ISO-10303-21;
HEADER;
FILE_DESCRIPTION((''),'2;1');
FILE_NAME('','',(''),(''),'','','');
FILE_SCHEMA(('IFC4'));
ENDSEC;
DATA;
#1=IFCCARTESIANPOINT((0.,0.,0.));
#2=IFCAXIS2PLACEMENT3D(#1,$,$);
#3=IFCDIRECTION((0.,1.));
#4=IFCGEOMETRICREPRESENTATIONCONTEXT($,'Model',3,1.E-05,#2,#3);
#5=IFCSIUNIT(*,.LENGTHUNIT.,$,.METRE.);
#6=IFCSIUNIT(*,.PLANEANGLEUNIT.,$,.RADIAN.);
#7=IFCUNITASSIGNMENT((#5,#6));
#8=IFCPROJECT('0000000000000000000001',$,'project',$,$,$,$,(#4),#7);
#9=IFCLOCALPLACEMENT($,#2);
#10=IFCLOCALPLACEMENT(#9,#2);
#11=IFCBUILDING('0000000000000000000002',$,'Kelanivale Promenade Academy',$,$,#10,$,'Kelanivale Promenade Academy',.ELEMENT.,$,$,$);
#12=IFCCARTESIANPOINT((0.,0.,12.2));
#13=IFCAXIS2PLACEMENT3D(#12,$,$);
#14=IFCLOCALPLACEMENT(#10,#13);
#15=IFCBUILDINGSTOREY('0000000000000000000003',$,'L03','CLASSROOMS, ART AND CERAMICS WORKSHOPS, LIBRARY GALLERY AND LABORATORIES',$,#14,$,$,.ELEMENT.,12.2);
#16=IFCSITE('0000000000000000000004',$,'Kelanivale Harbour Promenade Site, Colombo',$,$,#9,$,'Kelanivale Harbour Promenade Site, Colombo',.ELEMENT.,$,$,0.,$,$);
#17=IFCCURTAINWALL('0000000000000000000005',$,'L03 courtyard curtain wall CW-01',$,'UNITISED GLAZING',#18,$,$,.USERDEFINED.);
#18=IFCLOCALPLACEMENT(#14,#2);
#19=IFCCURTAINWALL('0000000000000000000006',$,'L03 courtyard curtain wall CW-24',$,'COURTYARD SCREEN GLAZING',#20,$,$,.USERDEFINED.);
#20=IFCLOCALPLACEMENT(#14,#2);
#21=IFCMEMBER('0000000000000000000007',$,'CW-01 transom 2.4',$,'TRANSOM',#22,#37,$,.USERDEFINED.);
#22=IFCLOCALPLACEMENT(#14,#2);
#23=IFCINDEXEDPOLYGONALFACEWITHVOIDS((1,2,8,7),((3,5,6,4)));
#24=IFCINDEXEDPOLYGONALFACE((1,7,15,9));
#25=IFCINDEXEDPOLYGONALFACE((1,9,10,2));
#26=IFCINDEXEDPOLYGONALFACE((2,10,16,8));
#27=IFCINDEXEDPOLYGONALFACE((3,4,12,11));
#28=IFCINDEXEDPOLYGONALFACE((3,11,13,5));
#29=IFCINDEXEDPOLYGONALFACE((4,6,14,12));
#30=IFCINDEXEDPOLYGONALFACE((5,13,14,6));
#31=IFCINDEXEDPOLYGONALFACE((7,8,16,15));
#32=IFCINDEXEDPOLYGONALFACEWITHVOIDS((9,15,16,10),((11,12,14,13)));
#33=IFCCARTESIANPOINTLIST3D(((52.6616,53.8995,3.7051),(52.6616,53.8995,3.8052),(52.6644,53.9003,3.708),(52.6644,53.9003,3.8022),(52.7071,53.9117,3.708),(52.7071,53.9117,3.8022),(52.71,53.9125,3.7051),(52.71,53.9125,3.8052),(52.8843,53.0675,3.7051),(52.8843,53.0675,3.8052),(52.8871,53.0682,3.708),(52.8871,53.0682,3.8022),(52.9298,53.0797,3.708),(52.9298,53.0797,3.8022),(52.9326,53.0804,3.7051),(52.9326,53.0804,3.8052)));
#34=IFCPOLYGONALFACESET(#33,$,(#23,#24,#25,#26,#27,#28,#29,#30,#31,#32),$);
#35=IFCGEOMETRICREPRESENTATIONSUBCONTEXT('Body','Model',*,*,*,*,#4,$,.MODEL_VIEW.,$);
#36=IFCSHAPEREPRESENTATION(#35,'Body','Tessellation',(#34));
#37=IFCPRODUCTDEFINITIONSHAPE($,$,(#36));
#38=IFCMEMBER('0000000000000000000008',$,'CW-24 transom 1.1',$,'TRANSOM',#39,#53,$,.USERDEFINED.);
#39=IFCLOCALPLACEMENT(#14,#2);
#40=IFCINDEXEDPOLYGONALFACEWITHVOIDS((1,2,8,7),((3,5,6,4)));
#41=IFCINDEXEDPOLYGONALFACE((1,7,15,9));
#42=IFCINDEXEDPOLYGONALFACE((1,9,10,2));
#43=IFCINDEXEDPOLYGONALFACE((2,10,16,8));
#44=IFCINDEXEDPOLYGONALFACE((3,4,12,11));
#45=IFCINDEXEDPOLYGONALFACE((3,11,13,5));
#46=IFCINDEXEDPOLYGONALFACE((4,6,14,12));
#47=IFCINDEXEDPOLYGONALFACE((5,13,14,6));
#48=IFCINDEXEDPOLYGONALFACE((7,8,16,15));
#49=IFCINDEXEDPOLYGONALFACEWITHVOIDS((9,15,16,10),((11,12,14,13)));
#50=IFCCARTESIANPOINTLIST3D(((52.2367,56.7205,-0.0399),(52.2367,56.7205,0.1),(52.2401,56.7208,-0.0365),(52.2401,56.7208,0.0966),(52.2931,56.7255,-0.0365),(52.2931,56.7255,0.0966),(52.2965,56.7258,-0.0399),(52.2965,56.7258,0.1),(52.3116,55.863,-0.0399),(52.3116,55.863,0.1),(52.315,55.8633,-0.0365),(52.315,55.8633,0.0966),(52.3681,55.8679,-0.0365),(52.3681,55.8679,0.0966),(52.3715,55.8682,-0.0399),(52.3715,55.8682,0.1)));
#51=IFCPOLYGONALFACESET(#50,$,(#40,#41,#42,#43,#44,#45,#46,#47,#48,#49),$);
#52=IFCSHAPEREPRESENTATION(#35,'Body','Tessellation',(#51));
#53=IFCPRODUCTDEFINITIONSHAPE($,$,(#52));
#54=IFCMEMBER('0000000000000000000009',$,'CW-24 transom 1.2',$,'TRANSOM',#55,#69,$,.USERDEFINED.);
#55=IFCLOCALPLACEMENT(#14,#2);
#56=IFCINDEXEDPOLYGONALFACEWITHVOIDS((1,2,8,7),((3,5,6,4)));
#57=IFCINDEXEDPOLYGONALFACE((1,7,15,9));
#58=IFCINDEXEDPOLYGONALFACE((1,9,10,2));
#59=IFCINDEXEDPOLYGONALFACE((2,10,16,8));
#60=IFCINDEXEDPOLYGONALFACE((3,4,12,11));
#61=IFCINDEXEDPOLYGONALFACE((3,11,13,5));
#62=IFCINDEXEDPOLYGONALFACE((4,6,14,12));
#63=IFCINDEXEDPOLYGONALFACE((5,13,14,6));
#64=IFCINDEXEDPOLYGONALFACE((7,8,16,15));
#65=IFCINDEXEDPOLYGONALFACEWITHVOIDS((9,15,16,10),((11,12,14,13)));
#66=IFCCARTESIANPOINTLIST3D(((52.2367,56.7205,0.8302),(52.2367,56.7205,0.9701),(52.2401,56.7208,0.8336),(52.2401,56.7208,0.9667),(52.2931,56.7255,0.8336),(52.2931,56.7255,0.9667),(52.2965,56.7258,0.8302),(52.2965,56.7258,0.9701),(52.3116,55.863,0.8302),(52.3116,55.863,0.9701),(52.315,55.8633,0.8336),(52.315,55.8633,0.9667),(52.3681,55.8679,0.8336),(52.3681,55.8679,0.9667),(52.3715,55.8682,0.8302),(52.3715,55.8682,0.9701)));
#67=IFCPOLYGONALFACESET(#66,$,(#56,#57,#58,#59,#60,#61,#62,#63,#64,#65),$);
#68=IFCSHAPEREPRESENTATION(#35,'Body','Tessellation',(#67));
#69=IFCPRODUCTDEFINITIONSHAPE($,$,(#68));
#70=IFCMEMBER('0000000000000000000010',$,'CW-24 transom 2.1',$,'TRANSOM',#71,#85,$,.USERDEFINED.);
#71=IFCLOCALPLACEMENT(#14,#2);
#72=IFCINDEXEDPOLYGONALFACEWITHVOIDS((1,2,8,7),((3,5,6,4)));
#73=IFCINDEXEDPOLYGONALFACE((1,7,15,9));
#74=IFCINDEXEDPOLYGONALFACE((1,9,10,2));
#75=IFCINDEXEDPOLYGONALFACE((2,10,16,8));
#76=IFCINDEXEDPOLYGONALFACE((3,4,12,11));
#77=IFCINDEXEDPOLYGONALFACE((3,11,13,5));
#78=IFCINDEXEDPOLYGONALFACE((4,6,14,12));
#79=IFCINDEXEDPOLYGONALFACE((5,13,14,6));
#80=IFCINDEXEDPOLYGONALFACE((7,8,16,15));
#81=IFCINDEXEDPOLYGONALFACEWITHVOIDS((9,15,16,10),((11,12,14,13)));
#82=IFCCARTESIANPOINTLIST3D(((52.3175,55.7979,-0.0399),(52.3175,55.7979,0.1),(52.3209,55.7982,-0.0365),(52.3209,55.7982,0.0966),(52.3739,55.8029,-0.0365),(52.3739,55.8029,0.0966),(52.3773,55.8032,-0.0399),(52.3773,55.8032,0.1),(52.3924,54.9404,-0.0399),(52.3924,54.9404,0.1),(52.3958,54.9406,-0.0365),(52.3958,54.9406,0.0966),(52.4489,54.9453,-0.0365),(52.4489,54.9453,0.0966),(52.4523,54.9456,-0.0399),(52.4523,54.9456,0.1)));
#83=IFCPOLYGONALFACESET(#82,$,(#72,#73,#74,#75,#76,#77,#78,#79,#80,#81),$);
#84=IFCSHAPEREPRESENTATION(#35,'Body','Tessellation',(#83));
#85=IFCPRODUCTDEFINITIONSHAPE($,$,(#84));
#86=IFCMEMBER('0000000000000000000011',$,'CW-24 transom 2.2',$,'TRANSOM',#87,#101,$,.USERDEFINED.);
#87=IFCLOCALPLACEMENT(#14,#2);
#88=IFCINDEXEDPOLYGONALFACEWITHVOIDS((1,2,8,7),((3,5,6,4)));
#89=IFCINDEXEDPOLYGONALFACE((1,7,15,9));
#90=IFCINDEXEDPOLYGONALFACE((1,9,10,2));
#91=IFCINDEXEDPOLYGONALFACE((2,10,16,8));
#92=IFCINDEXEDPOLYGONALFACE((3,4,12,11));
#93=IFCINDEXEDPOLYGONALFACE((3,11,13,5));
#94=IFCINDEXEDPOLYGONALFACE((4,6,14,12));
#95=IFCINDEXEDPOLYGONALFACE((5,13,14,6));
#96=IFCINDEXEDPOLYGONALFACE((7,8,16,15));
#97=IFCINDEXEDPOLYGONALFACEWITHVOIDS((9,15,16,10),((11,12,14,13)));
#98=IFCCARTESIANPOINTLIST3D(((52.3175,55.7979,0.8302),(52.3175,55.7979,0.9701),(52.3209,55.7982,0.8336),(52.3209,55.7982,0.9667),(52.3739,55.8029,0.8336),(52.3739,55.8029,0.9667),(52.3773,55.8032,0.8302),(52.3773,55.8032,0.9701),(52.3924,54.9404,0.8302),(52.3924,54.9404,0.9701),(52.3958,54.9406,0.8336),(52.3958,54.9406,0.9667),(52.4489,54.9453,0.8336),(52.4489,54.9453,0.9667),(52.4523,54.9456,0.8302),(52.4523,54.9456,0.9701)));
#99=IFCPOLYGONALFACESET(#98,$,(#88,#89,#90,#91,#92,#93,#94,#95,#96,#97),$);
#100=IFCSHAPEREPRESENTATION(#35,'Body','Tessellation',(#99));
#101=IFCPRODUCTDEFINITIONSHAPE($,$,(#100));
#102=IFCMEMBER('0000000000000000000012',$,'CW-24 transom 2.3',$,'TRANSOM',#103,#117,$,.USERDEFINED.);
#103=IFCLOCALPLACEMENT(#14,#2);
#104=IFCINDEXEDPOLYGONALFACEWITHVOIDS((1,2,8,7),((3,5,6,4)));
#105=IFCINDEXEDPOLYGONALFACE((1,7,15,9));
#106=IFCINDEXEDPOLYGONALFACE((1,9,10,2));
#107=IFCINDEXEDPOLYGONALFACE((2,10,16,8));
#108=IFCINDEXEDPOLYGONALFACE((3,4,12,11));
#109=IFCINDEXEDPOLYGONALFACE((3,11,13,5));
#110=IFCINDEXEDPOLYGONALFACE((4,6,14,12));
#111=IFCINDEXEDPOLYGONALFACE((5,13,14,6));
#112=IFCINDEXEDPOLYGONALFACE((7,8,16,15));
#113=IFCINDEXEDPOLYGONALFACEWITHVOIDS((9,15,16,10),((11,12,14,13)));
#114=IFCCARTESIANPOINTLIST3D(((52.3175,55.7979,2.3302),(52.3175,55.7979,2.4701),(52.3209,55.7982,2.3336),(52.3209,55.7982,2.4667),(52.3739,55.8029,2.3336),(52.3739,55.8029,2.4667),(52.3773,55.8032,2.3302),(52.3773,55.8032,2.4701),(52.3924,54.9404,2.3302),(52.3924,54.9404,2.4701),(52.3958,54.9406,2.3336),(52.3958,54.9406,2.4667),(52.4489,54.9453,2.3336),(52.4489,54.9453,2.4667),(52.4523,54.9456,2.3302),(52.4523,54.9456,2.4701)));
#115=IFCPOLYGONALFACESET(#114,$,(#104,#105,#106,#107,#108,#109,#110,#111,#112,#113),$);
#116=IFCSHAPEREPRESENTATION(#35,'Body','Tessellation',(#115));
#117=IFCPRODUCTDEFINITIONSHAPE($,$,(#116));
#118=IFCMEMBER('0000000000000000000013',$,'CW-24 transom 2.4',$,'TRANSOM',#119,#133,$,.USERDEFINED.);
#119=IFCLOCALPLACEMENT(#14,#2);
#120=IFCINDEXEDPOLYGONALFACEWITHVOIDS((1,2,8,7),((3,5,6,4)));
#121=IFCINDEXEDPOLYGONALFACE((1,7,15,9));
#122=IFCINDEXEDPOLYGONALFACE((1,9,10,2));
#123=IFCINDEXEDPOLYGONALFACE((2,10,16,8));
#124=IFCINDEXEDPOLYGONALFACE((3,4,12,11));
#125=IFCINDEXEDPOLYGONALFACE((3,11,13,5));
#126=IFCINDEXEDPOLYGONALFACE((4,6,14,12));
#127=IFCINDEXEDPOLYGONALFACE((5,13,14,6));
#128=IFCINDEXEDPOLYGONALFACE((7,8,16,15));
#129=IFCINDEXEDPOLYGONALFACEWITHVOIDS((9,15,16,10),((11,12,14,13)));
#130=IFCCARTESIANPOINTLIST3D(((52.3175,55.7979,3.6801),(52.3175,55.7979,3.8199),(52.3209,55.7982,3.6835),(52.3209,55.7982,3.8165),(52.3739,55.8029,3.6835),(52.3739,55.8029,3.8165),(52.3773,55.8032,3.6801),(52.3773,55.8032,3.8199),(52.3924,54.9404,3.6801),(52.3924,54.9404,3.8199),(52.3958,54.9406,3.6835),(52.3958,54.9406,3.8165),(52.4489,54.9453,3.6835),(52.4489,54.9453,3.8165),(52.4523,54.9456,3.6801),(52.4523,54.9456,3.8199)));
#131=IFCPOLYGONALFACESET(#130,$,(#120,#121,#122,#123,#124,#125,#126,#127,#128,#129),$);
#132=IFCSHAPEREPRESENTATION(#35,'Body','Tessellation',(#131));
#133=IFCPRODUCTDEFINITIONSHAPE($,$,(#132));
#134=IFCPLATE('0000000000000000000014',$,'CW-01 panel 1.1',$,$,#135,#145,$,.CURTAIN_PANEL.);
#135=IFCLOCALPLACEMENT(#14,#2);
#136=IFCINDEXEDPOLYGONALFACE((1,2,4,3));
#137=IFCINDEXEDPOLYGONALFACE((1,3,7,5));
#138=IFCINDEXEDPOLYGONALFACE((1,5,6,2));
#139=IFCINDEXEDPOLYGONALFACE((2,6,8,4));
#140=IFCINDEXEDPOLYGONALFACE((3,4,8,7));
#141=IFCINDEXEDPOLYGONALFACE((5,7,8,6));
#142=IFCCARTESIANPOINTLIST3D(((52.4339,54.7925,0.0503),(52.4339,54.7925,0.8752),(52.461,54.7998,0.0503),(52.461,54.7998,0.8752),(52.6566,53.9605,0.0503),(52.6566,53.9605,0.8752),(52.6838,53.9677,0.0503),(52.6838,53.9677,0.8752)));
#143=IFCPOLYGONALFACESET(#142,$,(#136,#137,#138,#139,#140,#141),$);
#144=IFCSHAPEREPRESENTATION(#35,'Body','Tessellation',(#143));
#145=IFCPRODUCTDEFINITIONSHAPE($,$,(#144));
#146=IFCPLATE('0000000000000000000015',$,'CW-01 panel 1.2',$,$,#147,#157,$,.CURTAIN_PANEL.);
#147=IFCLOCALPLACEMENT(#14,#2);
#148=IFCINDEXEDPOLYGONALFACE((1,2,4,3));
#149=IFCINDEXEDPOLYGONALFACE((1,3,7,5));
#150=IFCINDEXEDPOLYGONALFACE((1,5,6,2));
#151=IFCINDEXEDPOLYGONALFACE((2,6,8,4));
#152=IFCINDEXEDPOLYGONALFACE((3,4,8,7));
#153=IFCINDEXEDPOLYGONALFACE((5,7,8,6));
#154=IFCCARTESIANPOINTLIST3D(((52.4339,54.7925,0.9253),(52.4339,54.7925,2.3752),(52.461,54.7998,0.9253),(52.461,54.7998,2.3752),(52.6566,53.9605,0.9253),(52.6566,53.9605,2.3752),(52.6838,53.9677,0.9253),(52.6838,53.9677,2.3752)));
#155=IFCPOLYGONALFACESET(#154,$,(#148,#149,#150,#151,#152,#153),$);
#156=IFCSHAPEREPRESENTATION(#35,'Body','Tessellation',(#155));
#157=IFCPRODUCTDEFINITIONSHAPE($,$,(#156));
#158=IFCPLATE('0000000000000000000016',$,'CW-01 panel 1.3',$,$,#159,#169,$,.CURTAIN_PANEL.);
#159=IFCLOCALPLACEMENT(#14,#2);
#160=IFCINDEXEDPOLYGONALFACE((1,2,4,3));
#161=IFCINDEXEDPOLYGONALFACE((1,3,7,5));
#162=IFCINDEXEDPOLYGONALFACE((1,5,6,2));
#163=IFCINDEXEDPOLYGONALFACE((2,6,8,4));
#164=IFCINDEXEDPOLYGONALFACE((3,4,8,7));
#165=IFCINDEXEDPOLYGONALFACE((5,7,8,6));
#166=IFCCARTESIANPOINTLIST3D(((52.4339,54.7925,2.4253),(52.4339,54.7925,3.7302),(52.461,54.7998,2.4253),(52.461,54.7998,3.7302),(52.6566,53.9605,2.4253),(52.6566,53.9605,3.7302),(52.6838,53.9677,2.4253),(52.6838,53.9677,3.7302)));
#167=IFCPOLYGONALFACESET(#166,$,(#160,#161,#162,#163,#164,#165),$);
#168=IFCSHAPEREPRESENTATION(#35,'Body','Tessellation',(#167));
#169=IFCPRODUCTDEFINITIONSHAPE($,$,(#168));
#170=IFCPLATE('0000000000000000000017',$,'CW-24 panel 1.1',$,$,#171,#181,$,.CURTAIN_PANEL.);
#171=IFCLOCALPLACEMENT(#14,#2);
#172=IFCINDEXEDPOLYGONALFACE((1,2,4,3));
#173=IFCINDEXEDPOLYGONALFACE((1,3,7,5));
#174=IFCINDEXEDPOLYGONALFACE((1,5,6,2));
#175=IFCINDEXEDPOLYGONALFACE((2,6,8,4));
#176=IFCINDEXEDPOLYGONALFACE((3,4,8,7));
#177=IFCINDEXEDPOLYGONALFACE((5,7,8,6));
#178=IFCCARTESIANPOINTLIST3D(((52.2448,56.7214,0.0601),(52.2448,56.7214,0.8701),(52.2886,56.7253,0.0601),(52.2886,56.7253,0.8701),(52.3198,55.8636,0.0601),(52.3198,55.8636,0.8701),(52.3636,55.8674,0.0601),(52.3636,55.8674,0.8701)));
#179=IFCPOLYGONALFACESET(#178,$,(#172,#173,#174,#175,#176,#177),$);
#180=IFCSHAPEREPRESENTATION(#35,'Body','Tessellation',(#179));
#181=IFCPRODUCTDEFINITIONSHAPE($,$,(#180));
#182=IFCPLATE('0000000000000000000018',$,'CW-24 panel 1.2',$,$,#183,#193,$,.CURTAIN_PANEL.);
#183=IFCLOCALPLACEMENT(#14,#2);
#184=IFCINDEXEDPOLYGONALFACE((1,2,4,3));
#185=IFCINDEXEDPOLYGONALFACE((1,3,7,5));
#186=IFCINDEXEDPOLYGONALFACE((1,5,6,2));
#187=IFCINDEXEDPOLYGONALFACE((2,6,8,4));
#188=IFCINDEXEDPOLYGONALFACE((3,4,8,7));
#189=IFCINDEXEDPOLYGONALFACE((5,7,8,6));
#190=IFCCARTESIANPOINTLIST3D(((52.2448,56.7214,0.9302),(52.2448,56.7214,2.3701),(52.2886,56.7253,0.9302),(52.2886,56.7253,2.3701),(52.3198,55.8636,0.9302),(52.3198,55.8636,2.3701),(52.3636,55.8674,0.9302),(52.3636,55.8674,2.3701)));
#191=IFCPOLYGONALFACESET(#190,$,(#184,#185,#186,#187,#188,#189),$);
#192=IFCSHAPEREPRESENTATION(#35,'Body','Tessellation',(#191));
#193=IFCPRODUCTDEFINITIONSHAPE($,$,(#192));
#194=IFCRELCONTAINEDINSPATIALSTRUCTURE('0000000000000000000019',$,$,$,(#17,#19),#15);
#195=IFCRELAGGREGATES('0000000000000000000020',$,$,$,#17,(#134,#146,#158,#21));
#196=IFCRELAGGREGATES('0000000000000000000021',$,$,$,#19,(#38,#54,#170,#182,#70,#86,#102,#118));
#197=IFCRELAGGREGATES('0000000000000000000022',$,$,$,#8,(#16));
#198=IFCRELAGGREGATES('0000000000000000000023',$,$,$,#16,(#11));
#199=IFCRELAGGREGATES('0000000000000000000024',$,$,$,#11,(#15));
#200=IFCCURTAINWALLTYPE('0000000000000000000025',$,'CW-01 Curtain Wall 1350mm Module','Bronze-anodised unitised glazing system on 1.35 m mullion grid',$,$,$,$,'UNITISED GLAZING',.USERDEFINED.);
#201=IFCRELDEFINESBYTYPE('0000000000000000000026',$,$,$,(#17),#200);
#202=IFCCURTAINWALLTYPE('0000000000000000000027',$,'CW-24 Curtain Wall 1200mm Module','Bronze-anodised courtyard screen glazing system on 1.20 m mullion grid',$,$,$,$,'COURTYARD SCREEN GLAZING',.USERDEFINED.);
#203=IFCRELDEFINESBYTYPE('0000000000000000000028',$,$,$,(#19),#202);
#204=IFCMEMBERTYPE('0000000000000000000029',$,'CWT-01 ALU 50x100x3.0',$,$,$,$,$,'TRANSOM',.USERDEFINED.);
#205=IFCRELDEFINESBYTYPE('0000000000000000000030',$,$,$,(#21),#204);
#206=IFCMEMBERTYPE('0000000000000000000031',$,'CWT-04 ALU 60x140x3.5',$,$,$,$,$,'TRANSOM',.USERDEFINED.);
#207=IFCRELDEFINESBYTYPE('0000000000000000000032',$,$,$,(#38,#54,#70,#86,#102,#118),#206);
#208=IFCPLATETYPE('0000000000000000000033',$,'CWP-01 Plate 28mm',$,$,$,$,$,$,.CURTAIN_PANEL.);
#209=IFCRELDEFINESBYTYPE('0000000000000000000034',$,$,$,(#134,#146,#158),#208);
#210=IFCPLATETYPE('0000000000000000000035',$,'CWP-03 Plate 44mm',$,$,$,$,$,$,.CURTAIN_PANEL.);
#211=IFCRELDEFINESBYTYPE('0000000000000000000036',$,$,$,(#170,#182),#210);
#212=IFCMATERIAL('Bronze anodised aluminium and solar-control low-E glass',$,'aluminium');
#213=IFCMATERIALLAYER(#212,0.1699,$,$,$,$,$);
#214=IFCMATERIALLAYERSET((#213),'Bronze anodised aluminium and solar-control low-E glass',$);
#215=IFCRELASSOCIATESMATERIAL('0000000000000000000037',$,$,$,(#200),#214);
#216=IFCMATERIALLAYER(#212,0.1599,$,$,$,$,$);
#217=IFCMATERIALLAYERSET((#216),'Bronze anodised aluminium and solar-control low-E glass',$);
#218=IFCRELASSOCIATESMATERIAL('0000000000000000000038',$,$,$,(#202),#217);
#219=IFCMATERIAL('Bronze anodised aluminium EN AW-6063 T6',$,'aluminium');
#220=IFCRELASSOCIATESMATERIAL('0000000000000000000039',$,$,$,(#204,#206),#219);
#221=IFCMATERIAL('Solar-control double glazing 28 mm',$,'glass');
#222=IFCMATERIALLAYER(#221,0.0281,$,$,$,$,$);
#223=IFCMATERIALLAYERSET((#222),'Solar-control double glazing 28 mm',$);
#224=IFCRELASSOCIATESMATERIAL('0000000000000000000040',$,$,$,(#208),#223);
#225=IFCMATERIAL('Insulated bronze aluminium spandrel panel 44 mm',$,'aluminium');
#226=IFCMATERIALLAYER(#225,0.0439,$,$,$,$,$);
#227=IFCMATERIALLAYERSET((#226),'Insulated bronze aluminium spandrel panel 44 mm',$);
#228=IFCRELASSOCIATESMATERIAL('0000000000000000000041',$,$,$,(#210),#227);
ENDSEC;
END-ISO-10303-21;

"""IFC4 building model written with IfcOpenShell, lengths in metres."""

from ifc_helpers import new_model, si_unit, direction, frame, origin, origin_2d, place, context, subcontext, project, spatial, rectangle, hollow_rectangle, extrude, material, layer, layer_set, material_profile, profile_set, type_object, element, aggregate, save


model = new_model("IFC4")

# Units and contexts
model_context = context("Model", 3, precision=1e-05, world=origin(), true_north=direction((0.0, 1.0)))
body_context = subcontext(model_context, "Body", "Model", "MODEL_VIEW")
ifc_project = project(units=[si_unit("LENGTHUNIT", "METRE"), si_unit("PLANEANGLEUNIT", "RADIAN")], contexts=[model_context])

# Site, building, storey
site_placement = place(None, origin())
site = spatial("IfcSite", under=ifc_project, at=site_placement, Name="Kelanivale Harbour Promenade Site, Colombo", LongName="Kelanivale Harbour Promenade Site, Colombo", CompositionType="ELEMENT", RefElevation=0.0)
building_placement = place(site_placement, origin())
building = spatial("IfcBuilding", under=site, at=building_placement, Name="Kelanivale Promenade Academy", LongName="Kelanivale Promenade Academy", CompositionType="ELEMENT")
storey_placement = place(building_placement, frame((0.0, 0.0, 12.2)))
storey = spatial("IfcBuildingStorey", under=building, at=storey_placement, Name="L03", Description="CLASSROOMS, ART AND CERAMICS WORKSHOPS, LIBRARY GALLERY AND LABORATORIES", CompositionType="ELEMENT", Elevation=12.2)

# Curtain walls
ifc_material_1 = material(Name="Bronze anodised aluminium and solar-control low-E glass", Category="aluminium")
ifc_layer_1 = layer(ifc_material_1, 0.1699)
ifc_layer_set_1 = layer_set([ifc_layer_1], Name="Bronze anodised aluminium and solar-control low-E glass")
curtain_wall_type_1 = type_object("IfcCurtainWallType", Name="CW-01 Curtain Wall 1350mm Module", Description="Bronze-anodised unitised glazing system on 1.35 m mullion grid", ElementType="UNITISED GLAZING", PredefinedType="USERDEFINED", material=ifc_layer_set_1)
curtain_wall_1_placement = place(storey_placement, origin())
curtain_wall_1 = element("IfcCurtainWall", 1, at=curtain_wall_1_placement, inside=storey, type_object=curtain_wall_type_1, Name="L03 courtyard curtain wall CW-01", ObjectType="UNITISED GLAZING", PredefinedType="USERDEFINED")
ifc_material_2 = material(Name="Bronze anodised aluminium EN AW-6063 T6", Category="aluminium")
ifc_layer_2 = layer(ifc_material_1, 0.1599)
ifc_layer_set_2 = layer_set([ifc_layer_2], Name="Bronze anodised aluminium and solar-control low-E glass")
curtain_wall_type_2 = type_object("IfcCurtainWallType", Name="CW-24 Curtain Wall 1200mm Module", Description="Bronze-anodised courtyard screen glazing system on 1.20 m mullion grid", ElementType="COURTYARD SCREEN GLAZING", PredefinedType="USERDEFINED", material=ifc_layer_set_2)
curtain_wall_2_placement = place(storey_placement, origin())
curtain_wall_2 = element("IfcCurtainWall", 2, at=curtain_wall_2_placement, inside=storey, type_object=curtain_wall_type_2, Name="L03 courtyard curtain wall CW-24", ObjectType="COURTYARD SCREEN GLAZING", PredefinedType="USERDEFINED")

# Members
ifc_material_profile_1 = material_profile(ifc_material_2, hollow_rectangle(XDim=0.05, YDim=0.1001, WallThickness=0.0029, at=origin_2d()), Name="ALU 50x100x3.0")
ifc_profile_set_1 = profile_set([ifc_material_profile_1], Name="Bronze anodised aluminium EN AW-6063 T6")
member_type_1 = type_object("IfcMemberType", Name="CWT-01 ALU 50x100x3.0", ElementType="TRANSOM", PredefinedType="USERDEFINED", material=ifc_profile_set_1)
member_1_placement = place(storey_placement, frame((52.6858, 53.906, 3.7551), z_axis=(0.258509, -0.966009, 0.0), x_axis=(0.966009, 0.258509, 0.0)))
member_1 = element("IfcMember", 3, at=member_1_placement, type_object=member_type_1, Name="CW-01 transom 2.4", ObjectType="TRANSOM", PredefinedType="USERDEFINED", context=body_context, shape_type="SweptSolid", body=[
    extrude(hollow_rectangle(XDim=0.05, YDim=0.1001, WallThickness=0.0029, at=origin_2d()), origin(), (0.0, 0.0, 1.0), 0.8613),
])
ifc_material_profile_2 = material_profile(ifc_material_2, hollow_rectangle(XDim=0.0601, YDim=0.1399, WallThickness=0.0034, at=origin_2d()), Name="ALU 60x140x3.5")
ifc_profile_set_2 = profile_set([ifc_material_profile_2], Name="Bronze anodised aluminium EN AW-6063 T6")
member_type_2 = type_object("IfcMemberType", Name="CWT-04 ALU 60x140x3.5", ElementType="TRANSOM", PredefinedType="USERDEFINED", material=ifc_profile_set_2)
member_2_placement = place(storey_placement, frame((52.2666, 56.7231, 0.03), z_axis=(0.087058, -0.996203, 0.0), x_axis=(0.996203, 0.087058, 0.0)))
member_2 = element("IfcMember", 4, at=member_2_placement, type_object=member_type_2, Name="CW-24 transom 1.1", ObjectType="TRANSOM", PredefinedType="USERDEFINED", context=body_context, shape_type="SweptSolid", body=[
    extrude(hollow_rectangle(XDim=0.0601, YDim=0.1399, WallThickness=0.0034, at=origin_2d()), origin(), (0.0, 0.0, 1.0), 0.8608),
])
member_3_placement = place(storey_placement, frame((52.2666, 56.7231, 0.9001), z_axis=(0.087058, -0.996203, 0.0), x_axis=(0.996203, 0.087058, 0.0)))
member_3 = element("IfcMember", 5, at=member_3_placement, type_object=member_type_2, Name="CW-24 transom 1.2", ObjectType="TRANSOM", PredefinedType="USERDEFINED", context=body_context, shape_type="SweptSolid", body=[
    extrude(hollow_rectangle(XDim=0.0601, YDim=0.1399, WallThickness=0.0034, at=origin_2d()), origin(), (0.0, 0.0, 1.0), 0.8608),
])
member_4_placement = place(storey_placement, frame((52.3474, 55.8005, 0.03), z_axis=(0.087058, -0.996203, 0.0), x_axis=(0.996203, 0.087058, 0.0)))
member_4 = element("IfcMember", 6, at=member_4_placement, type_object=member_type_2, Name="CW-24 transom 2.1", ObjectType="TRANSOM", PredefinedType="USERDEFINED", context=body_context, shape_type="SweptSolid", body=[
    extrude(hollow_rectangle(XDim=0.0601, YDim=0.1399, WallThickness=0.0034, at=origin_2d()), origin(), (0.0, 0.0, 1.0), 0.8608),
])
member_5_placement = place(storey_placement, frame((52.3474, 55.8005, 0.9001), z_axis=(0.087058, -0.996203, 0.0), x_axis=(0.996203, 0.087058, 0.0)))
member_5 = element("IfcMember", 7, at=member_5_placement, type_object=member_type_2, Name="CW-24 transom 2.2", ObjectType="TRANSOM", PredefinedType="USERDEFINED", context=body_context, shape_type="SweptSolid", body=[
    extrude(hollow_rectangle(XDim=0.0601, YDim=0.1399, WallThickness=0.0034, at=origin_2d()), origin(), (0.0, 0.0, 1.0), 0.8608),
])
member_6_placement = place(storey_placement, frame((52.3474, 55.8005, 2.4001), z_axis=(0.087058, -0.996203, 0.0), x_axis=(0.996203, 0.087058, 0.0)))
member_6 = element("IfcMember", 8, at=member_6_placement, type_object=member_type_2, Name="CW-24 transom 2.3", ObjectType="TRANSOM", PredefinedType="USERDEFINED", context=body_context, shape_type="SweptSolid", body=[
    extrude(hollow_rectangle(XDim=0.0601, YDim=0.1399, WallThickness=0.0034, at=origin_2d()), origin(), (0.0, 0.0, 1.0), 0.8608),
])
member_7_placement = place(storey_placement, frame((52.3474, 55.8005, 3.75), z_axis=(0.087058, -0.996203, 0.0), x_axis=(0.996203, 0.087058, 0.0)))
member_7 = element("IfcMember", 9, at=member_7_placement, type_object=member_type_2, Name="CW-24 transom 2.4", ObjectType="TRANSOM", PredefinedType="USERDEFINED", context=body_context, shape_type="SweptSolid", body=[
    extrude(hollow_rectangle(XDim=0.0601, YDim=0.1399, WallThickness=0.0034, at=origin_2d()), origin(), (0.0, 0.0, 1.0), 0.8608),
])

# Plates
ifc_material_3 = material(Name="Solar-control double glazing 28 mm", Category="glass")
ifc_layer_3 = layer(ifc_material_3, 0.0281)
ifc_layer_set_3 = layer_set([ifc_layer_3], Name="Solar-control double glazing 28 mm")
plate_type_1 = type_object("IfcPlateType", Name="CWP-01 Plate 28mm", PredefinedType="CURTAIN_PANEL", material=ifc_layer_set_3)
plate_1_placement = place(storey_placement, frame((52.5588, 54.3801, 0.0503), z_axis=(0.0, 0.0, 1.0), x_axis=(0.258578, -0.96599, 0.0)))
plate_1 = element("IfcPlate", 10, at=plate_1_placement, type_object=plate_type_1, Name="CW-01 panel 1.1", PredefinedType="CURTAIN_PANEL", context=body_context, shape_type="SweptSolid", body=[
    extrude(rectangle(XDim=0.8613, YDim=0.0281, at=origin_2d()), origin(), (0.0, 0.0, 1.0), 0.825),
])
plate_2_placement = place(storey_placement, frame((52.5588, 54.3801, 0.9253), z_axis=(0.0, 0.0, 1.0), x_axis=(0.258578, -0.96599, 0.0)))
plate_2 = element("IfcPlate", 11, at=plate_2_placement, type_object=plate_type_1, Name="CW-01 panel 1.2", PredefinedType="CURTAIN_PANEL", context=body_context, shape_type="SweptSolid", body=[
    extrude(rectangle(XDim=0.8613, YDim=0.0281, at=origin_2d()), origin(), (0.0, 0.0, 1.0), 1.45),
])
plate_3_placement = place(storey_placement, frame((52.5588, 54.3801, 2.4253), z_axis=(0.0, 0.0, 1.0), x_axis=(0.258578, -0.96599, 0.0)))
plate_3 = element("IfcPlate", 12, at=plate_3_placement, type_object=plate_type_1, Name="CW-01 panel 1.3", PredefinedType="CURTAIN_PANEL", context=body_context, shape_type="SweptSolid", body=[
    extrude(rectangle(XDim=0.8613, YDim=0.0281, at=origin_2d()), origin(), (0.0, 0.0, 1.0), 1.3049),
])
aggregate(curtain_wall_1, [plate_1, plate_2, plate_3, member_1])
ifc_material_4 = material(Name="Insulated bronze aluminium spandrel panel 44 mm", Category="aluminium")
ifc_layer_4 = layer(ifc_material_4, 0.0439)
ifc_layer_set_4 = layer_set([ifc_layer_4], Name="Insulated bronze aluminium spandrel panel 44 mm")
plate_type_2 = type_object("IfcPlateType", Name="CWP-03 Plate 44mm", PredefinedType="CURTAIN_PANEL", material=ifc_layer_set_4)
plate_4_placement = place(storey_placement, frame((52.3042, 56.2944, 0.0601), z_axis=(0.0, 0.0, 1.0), x_axis=(0.087102, -0.996199, 0.0)))
plate_4 = element("IfcPlate", 13, at=plate_4_placement, type_object=plate_type_2, Name="CW-24 panel 1.1", PredefinedType="CURTAIN_PANEL", context=body_context, shape_type="SweptSolid", body=[
    extrude(rectangle(XDim=0.8611, YDim=0.0439, at=origin_2d()), origin(), (0.0, 0.0, 1.0), 0.8101),
])
plate_5_placement = place(storey_placement, frame((52.3042, 56.2944, 0.9302), z_axis=(0.0, 0.0, 1.0), x_axis=(0.087102, -0.996199, 0.0)))
plate_5 = element("IfcPlate", 14, at=plate_5_placement, type_object=plate_type_2, Name="CW-24 panel 1.2", PredefinedType="CURTAIN_PANEL", context=body_context, shape_type="SweptSolid", body=[
    extrude(rectangle(XDim=0.8611, YDim=0.0439, at=origin_2d()), origin(), (0.0, 0.0, 1.0), 1.4399),
])
aggregate(curtain_wall_2, [member_2, member_3, plate_4, plate_5, member_4, member_5, member_6, member_7])

save(model, "model.ifc")
